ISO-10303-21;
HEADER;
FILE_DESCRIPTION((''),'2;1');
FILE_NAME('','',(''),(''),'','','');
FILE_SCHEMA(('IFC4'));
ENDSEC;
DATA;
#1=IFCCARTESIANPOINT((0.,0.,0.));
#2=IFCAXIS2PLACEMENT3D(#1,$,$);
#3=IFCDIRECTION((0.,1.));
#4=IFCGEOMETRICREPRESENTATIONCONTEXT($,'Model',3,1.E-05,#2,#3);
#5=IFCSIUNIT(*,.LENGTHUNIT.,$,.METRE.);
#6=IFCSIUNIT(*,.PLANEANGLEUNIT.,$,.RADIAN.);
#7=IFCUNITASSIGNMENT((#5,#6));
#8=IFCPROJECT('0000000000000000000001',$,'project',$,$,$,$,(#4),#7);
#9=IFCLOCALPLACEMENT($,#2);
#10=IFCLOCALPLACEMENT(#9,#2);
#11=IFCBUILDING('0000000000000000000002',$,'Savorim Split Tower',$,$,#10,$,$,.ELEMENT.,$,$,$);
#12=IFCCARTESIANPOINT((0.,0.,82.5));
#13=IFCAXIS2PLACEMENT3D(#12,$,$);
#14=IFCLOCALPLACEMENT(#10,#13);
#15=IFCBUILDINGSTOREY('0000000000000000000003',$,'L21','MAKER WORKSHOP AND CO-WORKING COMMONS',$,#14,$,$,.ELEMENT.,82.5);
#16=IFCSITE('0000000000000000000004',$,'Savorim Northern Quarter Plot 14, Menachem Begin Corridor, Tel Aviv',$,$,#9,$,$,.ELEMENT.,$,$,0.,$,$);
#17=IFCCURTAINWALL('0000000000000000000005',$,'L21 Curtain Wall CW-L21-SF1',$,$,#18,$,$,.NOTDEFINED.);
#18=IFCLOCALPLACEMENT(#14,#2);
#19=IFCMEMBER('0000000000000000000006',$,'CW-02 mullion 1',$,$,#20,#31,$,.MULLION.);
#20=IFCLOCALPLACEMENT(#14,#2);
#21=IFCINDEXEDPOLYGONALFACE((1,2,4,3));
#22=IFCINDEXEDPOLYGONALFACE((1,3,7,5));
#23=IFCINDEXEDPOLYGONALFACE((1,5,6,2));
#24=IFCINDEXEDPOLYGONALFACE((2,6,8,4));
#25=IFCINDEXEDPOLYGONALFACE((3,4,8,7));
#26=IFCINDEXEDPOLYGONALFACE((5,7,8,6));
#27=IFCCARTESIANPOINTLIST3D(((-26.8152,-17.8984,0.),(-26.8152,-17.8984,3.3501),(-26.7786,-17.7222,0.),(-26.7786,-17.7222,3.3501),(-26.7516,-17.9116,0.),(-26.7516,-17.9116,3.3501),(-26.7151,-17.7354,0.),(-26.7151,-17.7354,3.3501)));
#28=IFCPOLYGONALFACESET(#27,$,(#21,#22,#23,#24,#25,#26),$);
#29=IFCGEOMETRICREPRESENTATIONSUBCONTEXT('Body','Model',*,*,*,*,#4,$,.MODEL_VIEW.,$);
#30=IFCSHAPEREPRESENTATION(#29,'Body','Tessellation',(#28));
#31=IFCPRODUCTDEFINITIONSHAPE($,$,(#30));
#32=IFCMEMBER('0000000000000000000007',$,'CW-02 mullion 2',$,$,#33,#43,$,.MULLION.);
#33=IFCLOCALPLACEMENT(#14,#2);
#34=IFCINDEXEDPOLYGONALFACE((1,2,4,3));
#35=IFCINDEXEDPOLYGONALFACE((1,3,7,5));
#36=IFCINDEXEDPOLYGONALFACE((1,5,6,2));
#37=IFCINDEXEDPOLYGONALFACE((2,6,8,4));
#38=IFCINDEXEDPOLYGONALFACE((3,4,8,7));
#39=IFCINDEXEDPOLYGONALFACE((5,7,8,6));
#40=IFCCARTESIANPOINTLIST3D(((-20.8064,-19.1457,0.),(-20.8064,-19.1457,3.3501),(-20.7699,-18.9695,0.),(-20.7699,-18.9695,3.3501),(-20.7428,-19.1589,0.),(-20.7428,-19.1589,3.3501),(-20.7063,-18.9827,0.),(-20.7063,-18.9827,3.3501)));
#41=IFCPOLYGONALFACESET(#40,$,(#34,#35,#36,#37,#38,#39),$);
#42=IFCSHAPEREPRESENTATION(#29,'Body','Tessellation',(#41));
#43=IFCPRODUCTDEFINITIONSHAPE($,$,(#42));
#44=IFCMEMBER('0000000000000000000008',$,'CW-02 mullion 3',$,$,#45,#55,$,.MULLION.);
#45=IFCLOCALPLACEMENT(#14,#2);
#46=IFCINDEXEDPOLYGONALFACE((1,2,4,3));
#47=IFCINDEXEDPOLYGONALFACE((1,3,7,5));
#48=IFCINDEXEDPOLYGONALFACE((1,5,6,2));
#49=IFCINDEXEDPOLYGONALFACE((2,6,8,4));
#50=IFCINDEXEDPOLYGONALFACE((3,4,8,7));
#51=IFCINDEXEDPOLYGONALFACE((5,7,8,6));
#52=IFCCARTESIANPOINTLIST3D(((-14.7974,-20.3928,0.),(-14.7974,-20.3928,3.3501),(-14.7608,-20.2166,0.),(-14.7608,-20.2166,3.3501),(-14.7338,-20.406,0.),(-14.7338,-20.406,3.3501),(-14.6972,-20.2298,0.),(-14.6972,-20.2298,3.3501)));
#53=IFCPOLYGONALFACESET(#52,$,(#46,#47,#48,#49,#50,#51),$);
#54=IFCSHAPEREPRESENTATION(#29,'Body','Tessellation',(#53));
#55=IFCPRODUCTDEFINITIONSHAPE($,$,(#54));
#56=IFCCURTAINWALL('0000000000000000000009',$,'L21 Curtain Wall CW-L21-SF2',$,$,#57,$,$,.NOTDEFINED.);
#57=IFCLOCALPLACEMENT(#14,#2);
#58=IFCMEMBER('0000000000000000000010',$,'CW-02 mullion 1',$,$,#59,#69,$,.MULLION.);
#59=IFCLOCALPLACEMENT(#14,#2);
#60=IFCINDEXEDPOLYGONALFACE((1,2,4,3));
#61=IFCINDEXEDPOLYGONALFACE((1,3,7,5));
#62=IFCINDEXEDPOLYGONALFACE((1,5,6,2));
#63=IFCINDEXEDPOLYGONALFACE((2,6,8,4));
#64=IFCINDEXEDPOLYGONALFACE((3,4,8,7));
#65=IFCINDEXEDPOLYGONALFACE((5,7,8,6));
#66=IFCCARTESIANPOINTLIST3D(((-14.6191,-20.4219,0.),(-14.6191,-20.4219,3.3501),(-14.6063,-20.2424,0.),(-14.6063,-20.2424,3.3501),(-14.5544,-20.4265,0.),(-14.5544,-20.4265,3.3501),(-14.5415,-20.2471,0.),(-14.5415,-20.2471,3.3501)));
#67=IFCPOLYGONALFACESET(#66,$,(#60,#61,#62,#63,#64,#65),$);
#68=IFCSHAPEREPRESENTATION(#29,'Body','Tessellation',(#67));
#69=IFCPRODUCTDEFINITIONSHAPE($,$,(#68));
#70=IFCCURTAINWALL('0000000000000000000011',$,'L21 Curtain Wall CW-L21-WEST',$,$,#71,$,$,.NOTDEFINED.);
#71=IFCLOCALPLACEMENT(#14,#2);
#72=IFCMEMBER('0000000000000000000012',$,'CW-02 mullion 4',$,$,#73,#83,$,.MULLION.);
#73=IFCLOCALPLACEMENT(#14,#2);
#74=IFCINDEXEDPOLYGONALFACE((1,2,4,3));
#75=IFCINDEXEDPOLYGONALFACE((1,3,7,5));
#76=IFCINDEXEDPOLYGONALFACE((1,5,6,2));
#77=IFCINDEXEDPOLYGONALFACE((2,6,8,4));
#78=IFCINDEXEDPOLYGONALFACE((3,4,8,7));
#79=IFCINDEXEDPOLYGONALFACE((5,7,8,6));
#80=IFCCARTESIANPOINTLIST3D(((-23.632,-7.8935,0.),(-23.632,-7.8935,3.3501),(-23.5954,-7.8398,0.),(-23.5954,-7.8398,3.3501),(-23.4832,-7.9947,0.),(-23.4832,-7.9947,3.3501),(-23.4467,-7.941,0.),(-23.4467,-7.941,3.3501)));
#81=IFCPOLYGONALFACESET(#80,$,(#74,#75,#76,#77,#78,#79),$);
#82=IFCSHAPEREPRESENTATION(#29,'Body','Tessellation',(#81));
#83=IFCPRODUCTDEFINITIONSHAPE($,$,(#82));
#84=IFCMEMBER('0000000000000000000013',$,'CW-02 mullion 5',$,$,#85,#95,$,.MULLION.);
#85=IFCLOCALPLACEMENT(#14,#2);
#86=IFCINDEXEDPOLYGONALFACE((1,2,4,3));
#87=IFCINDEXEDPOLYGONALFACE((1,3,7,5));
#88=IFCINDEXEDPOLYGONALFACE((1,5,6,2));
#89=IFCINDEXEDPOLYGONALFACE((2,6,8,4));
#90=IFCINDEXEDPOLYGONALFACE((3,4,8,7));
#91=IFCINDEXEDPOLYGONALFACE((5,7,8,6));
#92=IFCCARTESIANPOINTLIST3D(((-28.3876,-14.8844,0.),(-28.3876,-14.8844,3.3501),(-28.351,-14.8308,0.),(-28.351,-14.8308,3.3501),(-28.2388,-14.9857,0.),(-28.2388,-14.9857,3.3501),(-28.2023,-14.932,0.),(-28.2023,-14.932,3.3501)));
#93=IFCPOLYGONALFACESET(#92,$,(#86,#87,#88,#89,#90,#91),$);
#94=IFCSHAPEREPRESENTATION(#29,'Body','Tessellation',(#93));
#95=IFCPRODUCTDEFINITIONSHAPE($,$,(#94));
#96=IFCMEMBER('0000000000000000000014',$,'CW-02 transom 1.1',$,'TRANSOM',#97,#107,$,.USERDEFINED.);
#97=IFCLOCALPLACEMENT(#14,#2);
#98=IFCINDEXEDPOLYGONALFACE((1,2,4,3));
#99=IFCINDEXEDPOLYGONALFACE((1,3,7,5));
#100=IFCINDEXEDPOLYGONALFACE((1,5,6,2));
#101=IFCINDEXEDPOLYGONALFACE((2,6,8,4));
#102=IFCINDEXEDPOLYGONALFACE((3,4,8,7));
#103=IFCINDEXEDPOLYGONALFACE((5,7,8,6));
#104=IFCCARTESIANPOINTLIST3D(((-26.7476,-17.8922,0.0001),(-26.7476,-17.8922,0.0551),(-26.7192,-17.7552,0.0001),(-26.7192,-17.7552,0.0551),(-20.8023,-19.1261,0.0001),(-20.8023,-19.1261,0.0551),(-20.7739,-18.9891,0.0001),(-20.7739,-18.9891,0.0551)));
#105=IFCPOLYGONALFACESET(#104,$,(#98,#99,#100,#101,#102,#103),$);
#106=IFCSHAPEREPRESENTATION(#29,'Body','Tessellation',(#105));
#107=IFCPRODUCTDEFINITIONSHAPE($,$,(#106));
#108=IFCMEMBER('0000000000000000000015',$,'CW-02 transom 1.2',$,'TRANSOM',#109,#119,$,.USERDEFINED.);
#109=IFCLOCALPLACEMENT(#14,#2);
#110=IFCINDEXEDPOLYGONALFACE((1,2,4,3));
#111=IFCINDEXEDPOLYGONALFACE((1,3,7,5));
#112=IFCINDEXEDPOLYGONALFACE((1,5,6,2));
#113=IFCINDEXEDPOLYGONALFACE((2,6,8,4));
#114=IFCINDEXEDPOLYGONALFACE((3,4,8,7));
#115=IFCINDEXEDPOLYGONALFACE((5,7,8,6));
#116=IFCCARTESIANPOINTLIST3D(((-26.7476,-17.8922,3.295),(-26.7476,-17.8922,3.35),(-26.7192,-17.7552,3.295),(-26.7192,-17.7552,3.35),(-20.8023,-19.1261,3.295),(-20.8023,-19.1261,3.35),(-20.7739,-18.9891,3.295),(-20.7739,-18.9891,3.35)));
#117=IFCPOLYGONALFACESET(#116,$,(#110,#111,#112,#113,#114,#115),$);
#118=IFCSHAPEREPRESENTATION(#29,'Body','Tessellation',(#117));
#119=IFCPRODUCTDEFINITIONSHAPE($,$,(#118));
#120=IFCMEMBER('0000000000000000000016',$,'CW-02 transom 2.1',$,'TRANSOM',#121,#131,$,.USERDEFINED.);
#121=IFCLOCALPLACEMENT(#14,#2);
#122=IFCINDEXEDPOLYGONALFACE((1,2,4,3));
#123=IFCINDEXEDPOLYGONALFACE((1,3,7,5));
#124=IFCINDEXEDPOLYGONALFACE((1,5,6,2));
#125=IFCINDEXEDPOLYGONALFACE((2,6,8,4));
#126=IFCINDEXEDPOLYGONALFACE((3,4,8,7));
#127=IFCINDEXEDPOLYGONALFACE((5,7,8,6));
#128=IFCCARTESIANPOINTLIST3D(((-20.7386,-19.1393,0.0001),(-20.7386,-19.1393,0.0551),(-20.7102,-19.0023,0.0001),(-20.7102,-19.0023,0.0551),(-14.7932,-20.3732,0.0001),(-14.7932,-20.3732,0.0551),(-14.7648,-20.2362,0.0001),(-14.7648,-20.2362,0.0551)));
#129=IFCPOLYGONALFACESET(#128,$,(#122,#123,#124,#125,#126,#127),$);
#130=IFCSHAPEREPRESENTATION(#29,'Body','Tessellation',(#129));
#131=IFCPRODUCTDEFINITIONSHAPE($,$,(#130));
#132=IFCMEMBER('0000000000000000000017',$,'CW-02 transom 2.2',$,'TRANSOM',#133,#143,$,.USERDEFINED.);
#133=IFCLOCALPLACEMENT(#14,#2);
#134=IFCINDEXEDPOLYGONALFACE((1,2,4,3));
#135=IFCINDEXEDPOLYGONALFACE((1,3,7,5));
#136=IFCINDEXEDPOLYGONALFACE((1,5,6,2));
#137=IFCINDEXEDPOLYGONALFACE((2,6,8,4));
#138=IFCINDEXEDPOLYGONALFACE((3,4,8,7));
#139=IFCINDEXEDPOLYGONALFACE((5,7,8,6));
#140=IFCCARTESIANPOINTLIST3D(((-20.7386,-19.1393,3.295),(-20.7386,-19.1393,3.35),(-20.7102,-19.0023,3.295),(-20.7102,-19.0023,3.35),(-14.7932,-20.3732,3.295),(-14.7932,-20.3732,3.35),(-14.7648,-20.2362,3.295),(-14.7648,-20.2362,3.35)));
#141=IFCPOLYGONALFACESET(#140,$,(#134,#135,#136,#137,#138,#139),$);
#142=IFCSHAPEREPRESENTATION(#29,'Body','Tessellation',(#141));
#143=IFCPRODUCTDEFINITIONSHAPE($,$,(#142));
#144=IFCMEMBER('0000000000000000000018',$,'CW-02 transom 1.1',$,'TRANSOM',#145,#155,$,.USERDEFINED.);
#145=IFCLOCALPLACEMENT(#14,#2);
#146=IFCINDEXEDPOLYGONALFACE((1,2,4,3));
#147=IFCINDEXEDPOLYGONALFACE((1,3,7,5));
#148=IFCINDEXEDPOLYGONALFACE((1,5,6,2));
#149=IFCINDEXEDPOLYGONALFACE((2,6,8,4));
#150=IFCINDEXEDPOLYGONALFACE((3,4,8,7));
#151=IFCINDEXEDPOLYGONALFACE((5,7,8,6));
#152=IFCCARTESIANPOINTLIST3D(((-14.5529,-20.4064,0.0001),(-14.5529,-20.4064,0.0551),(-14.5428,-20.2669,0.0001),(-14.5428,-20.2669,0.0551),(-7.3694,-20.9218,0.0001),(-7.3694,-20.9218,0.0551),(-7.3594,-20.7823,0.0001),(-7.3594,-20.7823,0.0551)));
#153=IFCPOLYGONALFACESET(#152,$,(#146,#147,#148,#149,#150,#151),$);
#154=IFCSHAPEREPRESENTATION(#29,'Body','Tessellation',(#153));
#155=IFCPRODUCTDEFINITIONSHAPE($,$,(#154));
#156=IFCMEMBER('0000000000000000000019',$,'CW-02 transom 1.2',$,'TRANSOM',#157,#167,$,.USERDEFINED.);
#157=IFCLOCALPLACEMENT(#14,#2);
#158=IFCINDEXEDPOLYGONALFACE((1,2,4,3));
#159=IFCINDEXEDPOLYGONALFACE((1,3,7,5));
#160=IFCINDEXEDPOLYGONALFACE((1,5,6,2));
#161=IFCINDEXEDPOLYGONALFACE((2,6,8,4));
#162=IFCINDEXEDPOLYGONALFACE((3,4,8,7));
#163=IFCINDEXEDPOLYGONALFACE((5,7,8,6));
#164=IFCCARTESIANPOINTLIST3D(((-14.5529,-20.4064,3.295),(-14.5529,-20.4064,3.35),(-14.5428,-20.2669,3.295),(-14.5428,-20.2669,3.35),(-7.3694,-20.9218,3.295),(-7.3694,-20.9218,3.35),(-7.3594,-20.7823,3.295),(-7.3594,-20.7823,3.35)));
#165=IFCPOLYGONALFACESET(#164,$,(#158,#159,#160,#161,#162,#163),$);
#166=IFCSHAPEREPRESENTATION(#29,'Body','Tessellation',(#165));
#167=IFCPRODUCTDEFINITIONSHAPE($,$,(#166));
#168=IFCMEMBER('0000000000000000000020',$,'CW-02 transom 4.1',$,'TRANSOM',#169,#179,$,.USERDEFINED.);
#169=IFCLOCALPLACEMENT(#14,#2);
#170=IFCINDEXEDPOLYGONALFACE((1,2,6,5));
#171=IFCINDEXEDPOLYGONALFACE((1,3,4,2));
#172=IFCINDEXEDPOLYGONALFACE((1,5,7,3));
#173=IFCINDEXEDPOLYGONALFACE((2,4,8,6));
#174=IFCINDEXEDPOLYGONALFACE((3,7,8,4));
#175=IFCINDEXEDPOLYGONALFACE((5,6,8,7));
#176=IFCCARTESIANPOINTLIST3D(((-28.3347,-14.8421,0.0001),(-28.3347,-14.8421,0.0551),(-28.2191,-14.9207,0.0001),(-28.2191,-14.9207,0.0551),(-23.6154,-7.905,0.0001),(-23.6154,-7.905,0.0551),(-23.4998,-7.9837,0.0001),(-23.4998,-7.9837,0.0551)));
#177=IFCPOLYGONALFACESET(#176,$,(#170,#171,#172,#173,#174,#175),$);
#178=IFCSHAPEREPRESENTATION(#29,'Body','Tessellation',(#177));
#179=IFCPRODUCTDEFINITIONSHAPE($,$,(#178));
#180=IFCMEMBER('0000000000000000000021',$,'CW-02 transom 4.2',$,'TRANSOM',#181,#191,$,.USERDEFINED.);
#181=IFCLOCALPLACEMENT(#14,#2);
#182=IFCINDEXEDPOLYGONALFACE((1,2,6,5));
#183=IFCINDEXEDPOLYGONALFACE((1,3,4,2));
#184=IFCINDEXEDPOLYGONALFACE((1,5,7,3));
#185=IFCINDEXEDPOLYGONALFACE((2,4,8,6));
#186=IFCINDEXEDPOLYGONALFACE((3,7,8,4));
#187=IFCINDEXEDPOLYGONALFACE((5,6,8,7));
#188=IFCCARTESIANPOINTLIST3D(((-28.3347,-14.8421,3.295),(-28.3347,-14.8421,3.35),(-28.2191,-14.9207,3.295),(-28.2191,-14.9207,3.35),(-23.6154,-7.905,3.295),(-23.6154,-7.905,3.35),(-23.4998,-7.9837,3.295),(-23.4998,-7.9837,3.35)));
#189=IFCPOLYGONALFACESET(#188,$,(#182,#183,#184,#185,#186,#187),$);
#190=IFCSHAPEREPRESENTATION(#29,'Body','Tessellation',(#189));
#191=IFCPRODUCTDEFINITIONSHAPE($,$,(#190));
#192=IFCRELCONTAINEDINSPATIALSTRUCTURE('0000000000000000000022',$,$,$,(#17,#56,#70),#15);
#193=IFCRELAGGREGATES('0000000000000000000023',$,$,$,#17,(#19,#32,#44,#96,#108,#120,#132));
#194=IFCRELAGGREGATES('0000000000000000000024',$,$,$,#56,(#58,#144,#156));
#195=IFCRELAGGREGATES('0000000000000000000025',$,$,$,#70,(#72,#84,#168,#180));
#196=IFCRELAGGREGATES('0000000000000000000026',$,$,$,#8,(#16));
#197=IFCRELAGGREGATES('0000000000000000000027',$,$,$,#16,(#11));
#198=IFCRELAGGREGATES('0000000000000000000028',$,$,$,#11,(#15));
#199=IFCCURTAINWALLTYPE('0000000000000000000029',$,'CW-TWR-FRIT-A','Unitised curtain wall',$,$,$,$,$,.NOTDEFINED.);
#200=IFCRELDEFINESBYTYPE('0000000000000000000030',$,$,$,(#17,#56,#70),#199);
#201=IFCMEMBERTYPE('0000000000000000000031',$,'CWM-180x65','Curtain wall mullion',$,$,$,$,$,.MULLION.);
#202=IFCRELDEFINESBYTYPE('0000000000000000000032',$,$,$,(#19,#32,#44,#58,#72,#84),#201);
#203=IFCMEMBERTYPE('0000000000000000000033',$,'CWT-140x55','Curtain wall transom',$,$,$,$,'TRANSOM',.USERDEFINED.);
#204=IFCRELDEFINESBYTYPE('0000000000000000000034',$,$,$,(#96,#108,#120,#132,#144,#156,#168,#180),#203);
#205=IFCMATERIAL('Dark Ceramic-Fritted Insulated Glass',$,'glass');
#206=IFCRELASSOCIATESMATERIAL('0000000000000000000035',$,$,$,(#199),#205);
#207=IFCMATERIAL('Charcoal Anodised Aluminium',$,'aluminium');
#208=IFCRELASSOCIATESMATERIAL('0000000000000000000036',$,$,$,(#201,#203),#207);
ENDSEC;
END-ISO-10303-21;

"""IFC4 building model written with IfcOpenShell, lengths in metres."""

from ifc_helpers import new_model, si_unit, direction, frame, origin, origin_2d, place, context, subcontext, project, spatial, rectangle, extrude, material, material_profile, profile_set, type_object, element, aggregate, save


model = new_model("IFC4")

# Units and contexts
model_context = context("Model", 3, precision=1e-05, world=origin(), true_north=direction((0.0, 1.0)))
body_context = subcontext(model_context, "Body", "Model", "MODEL_VIEW")
ifc_project = project(units=[si_unit("LENGTHUNIT", "METRE"), si_unit("PLANEANGLEUNIT", "RADIAN")], contexts=[model_context])

# Site, building, storey
site_placement = place(None, origin())
site = spatial("IfcSite", under=ifc_project, at=site_placement, Name="Savorim Northern Quarter Plot 14, Menachem Begin Corridor, Tel Aviv", CompositionType="ELEMENT", RefElevation=0.0)
building_placement = place(site_placement, origin())
building = spatial("IfcBuilding", under=site, at=building_placement, Name="Savorim Split Tower", CompositionType="ELEMENT")
storey_placement = place(building_placement, frame((0.0, 0.0, 82.5)))
storey = spatial("IfcBuildingStorey", under=building, at=storey_placement, Name="L21", Description="MAKER WORKSHOP AND CO-WORKING COMMONS", CompositionType="ELEMENT", Elevation=82.5)

# Curtain wall, members
ifc_material_1 = material(Name="Dark Ceramic-Fritted Insulated Glass", Category="glass")
curtain_wall_type = type_object("IfcCurtainWallType", Name="CW-TWR-FRIT-A", Description="Unitised curtain wall", PredefinedType="NOTDEFINED", material=ifc_material_1)
curtain_wall_1_placement = place(storey_placement, origin())
curtain_wall_1 = element("IfcCurtainWall", 1, at=curtain_wall_1_placement, inside=storey, type_object=curtain_wall_type, Name="L21 Curtain Wall CW-L21-SF1", PredefinedType="NOTDEFINED")
ifc_material_2 = material(Name="Charcoal Anodised Aluminium", Category="aluminium")
ifc_material_profile_1 = material_profile(ifc_material_2, rectangle(XDim=0.1799, YDim=0.0649, at=origin_2d()), Name="ALU-M 180x65")
ifc_profile_set_1 = profile_set([ifc_material_profile_1], Name="Charcoal Anodised Aluminium")
member_type_1 = type_object("IfcMemberType", Name="CWM-180x65", Description="Curtain wall mullion", PredefinedType="MULLION", material=ifc_profile_set_1)
member_1_placement = place(storey_placement, frame((-26.7651, -17.8169, 0.0), z_axis=(0.0, 0.0, 1.0), x_axis=(0.20321, 0.979135, 0.0)))
member_1 = element("IfcMember", 2, at=member_1_placement, type_object=member_type_1, Name="CW-02 mullion 1", PredefinedType="MULLION", context=body_context, shape_type="SweptSolid", body=[
    extrude(rectangle(XDim=0.1799, YDim=0.0649, at=origin_2d()), origin(), (0.0, 0.0, 1.0), 3.3501),
])
member_2_placement = place(storey_placement, frame((-20.7563, -19.0642, 0.0), z_axis=(0.0, 0.0, 1.0), x_axis=(0.20321, 0.979135, 0.0)))
member_2 = element("IfcMember", 3, at=member_2_placement, type_object=member_type_1, Name="CW-02 mullion 2", PredefinedType="MULLION", context=body_context, shape_type="SweptSolid", body=[
    extrude(rectangle(XDim=0.1799, YDim=0.0649, at=origin_2d()), origin(), (0.0, 0.0, 1.0), 3.3501),
])
member_3_placement = place(storey_placement, frame((-14.7473, -20.3113, 0.0), z_axis=(0.0, 0.0, 1.0), x_axis=(0.20321, 0.979135, 0.0)))
member_3 = element("IfcMember", 4, at=member_3_placement, type_object=member_type_1, Name="CW-02 mullion 3", PredefinedType="MULLION", context=body_context, shape_type="SweptSolid", body=[
    extrude(rectangle(XDim=0.1799, YDim=0.0649, at=origin_2d()), origin(), (0.0, 0.0, 1.0), 3.3501),
])

# Curtain wall, member
curtain_wall_2_placement = place(storey_placement, origin())
curtain_wall_2 = element("IfcCurtainWall", 5, at=curtain_wall_2_placement, inside=storey, type_object=curtain_wall_type, Name="L21 Curtain Wall CW-L21-SF2", PredefinedType="NOTDEFINED")
member_4_placement = place(storey_placement, frame((-14.5803, -20.3345, 0.0), z_axis=(0.0, 0.0, 1.0), x_axis=(0.071561, 0.997436, 0.0)))
member_4 = element("IfcMember", 6, at=member_4_placement, type_object=member_type_1, Name="CW-02 mullion 1", PredefinedType="MULLION", context=body_context, shape_type="SweptSolid", body=[
    extrude(rectangle(XDim=0.1799, YDim=0.0649, at=origin_2d()), origin(), (0.0, 0.0, 1.0), 3.3501),
])

# Curtain wall, members
curtain_wall_3_placement = place(storey_placement, origin())
curtain_wall_3 = element("IfcCurtainWall", 7, at=curtain_wall_3_placement, inside=storey, type_object=curtain_wall_type, Name="L21 Curtain Wall CW-L21-WEST", PredefinedType="NOTDEFINED")
member_5_placement = place(storey_placement, frame((-23.5393, -7.9172, 0.0), z_axis=(0.0, 0.0, 1.0), x_axis=(0.826819, -0.562468, 0.0)))
member_5 = element("IfcMember", 8, at=member_5_placement, type_object=member_type_1, Name="CW-02 mullion 4", PredefinedType="MULLION", context=body_context, shape_type="SweptSolid", body=[
    extrude(rectangle(XDim=0.1799, YDim=0.0649, at=origin_2d()), origin(), (0.0, 0.0, 1.0), 3.3501),
])
member_6_placement = place(storey_placement, frame((-28.2949, -14.9082, 0.0), z_axis=(0.0, 0.0, 1.0), x_axis=(0.826819, -0.562468, 0.0)))
member_6 = element("IfcMember", 9, at=member_6_placement, type_object=member_type_1, Name="CW-02 mullion 5", PredefinedType="MULLION", context=body_context, shape_type="SweptSolid", body=[
    extrude(rectangle(XDim=0.1799, YDim=0.0649, at=origin_2d()), origin(), (0.0, 0.0, 1.0), 3.3501),
])

# Members
ifc_material_profile_2 = material_profile(ifc_material_2, rectangle(XDim=0.1399, YDim=0.0549, at=origin_2d()), Name="ALU-T 140x55")
ifc_profile_set_2 = profile_set([ifc_material_profile_2], Name="Charcoal Anodised Aluminium")
member_type_2 = type_object("IfcMemberType", Name="CWT-140x55", Description="Curtain wall transom", ElementType="TRANSOM", PredefinedType="USERDEFINED", material=ifc_profile_set_2)
member_7_placement = place(storey_placement, frame((-26.7334, -17.8237, 0.0276), z_axis=(0.979135, -0.203209, 0.0), x_axis=(0.203209, 0.979135, 0.0)))
member_7 = element("IfcMember", 10, at=member_7_placement, type_object=member_type_2, Name="CW-02 transom 1.1", ObjectType="TRANSOM", PredefinedType="USERDEFINED", context=body_context, shape_type="SweptSolid", body=[
    extrude(rectangle(XDim=0.1399, YDim=0.0549, at=origin_2d()), origin(), (0.0, 0.0, 1.0), 6.072),
])
member_8_placement = place(storey_placement, frame((-26.7334, -17.8237, 3.3225), z_axis=(0.979135, -0.203209, 0.0), x_axis=(0.203209, 0.979135, 0.0)))
member_8 = element("IfcMember", 11, at=member_8_placement, type_object=member_type_2, Name="CW-02 transom 1.2", ObjectType="TRANSOM", PredefinedType="USERDEFINED", context=body_context, shape_type="SweptSolid", body=[
    extrude(rectangle(XDim=0.1399, YDim=0.0549, at=origin_2d()), origin(), (0.0, 0.0, 1.0), 6.072),
])
member_9_placement = place(storey_placement, frame((-20.7244, -19.0708, 0.0276), z_axis=(0.979135, -0.203209, 0.0), x_axis=(0.203209, 0.979135, 0.0)))
member_9 = element("IfcMember", 12, at=member_9_placement, type_object=member_type_2, Name="CW-02 transom 2.1", ObjectType="TRANSOM", PredefinedType="USERDEFINED", context=body_context, shape_type="SweptSolid", body=[
    extrude(rectangle(XDim=0.1399, YDim=0.0549, at=origin_2d()), origin(), (0.0, 0.0, 1.0), 6.072),
])
member_10_placement = place(storey_placement, frame((-20.7244, -19.0708, 3.3225), z_axis=(0.979135, -0.203209, 0.0), x_axis=(0.203209, 0.979135, 0.0)))
member_10 = element("IfcMember", 13, at=member_10_placement, type_object=member_type_2, Name="CW-02 transom 2.2", ObjectType="TRANSOM", PredefinedType="USERDEFINED", context=body_context, shape_type="SweptSolid", body=[
    extrude(rectangle(XDim=0.1399, YDim=0.0549, at=origin_2d()), origin(), (0.0, 0.0, 1.0), 6.072),
])
member_11_placement = place(storey_placement, frame((-14.5479, -20.3367, 0.0276), z_axis=(0.997436, -0.071563, 0.0), x_axis=(0.071563, 0.997436, 0.0)))
member_11 = element("IfcMember", 14, at=member_11_placement, type_object=member_type_2, Name="CW-02 transom 1.1", ObjectType="TRANSOM", PredefinedType="USERDEFINED", context=body_context, shape_type="SweptSolid", body=[
    extrude(rectangle(XDim=0.1399, YDim=0.0549, at=origin_2d()), origin(), (0.0, 0.0, 1.0), 7.2019),
])
member_12_placement = place(storey_placement, frame((-14.5479, -20.3367, 3.3225), z_axis=(0.997436, -0.071563, 0.0), x_axis=(0.071563, 0.997436, 0.0)))
member_12 = element("IfcMember", 15, at=member_12_placement, type_object=member_type_2, Name="CW-02 transom 1.2", ObjectType="TRANSOM", PredefinedType="USERDEFINED", context=body_context, shape_type="SweptSolid", body=[
    extrude(rectangle(XDim=0.1399, YDim=0.0549, at=origin_2d()), origin(), (0.0, 0.0, 1.0), 7.2019),
])
member_13_placement = place(storey_placement, frame((-23.5576, -7.9443, 0.0276), z_axis=(-0.562479, -0.826812, 0.0), x_axis=(0.826812, -0.562479, 0.0)))
member_13 = element("IfcMember", 16, at=member_13_placement, type_object=member_type_2, Name="CW-02 transom 4.1", ObjectType="TRANSOM", PredefinedType="USERDEFINED", context=body_context, shape_type="SweptSolid", body=[
    extrude(rectangle(XDim=0.1399, YDim=0.0549, at=origin_2d()), origin(), (0.0, 0.0, 1.0), 8.3901),
])
member_14_placement = place(storey_placement, frame((-23.5576, -7.9443, 3.3225), z_axis=(-0.562479, -0.826812, 0.0), x_axis=(0.826812, -0.562479, 0.0)))
member_14 = element("IfcMember", 17, at=member_14_placement, type_object=member_type_2, Name="CW-02 transom 4.2", ObjectType="TRANSOM", PredefinedType="USERDEFINED", context=body_context, shape_type="SweptSolid", body=[
    extrude(rectangle(XDim=0.1399, YDim=0.0549, at=origin_2d()), origin(), (0.0, 0.0, 1.0), 8.3901),
])

aggregate(curtain_wall_1, [member_1, member_2, member_3, member_7, member_8, member_9, member_10])
aggregate(curtain_wall_2, [member_4, member_11, member_12])
aggregate(curtain_wall_3, [member_5, member_6, member_13, member_14])

save(model, "model.ifc")
